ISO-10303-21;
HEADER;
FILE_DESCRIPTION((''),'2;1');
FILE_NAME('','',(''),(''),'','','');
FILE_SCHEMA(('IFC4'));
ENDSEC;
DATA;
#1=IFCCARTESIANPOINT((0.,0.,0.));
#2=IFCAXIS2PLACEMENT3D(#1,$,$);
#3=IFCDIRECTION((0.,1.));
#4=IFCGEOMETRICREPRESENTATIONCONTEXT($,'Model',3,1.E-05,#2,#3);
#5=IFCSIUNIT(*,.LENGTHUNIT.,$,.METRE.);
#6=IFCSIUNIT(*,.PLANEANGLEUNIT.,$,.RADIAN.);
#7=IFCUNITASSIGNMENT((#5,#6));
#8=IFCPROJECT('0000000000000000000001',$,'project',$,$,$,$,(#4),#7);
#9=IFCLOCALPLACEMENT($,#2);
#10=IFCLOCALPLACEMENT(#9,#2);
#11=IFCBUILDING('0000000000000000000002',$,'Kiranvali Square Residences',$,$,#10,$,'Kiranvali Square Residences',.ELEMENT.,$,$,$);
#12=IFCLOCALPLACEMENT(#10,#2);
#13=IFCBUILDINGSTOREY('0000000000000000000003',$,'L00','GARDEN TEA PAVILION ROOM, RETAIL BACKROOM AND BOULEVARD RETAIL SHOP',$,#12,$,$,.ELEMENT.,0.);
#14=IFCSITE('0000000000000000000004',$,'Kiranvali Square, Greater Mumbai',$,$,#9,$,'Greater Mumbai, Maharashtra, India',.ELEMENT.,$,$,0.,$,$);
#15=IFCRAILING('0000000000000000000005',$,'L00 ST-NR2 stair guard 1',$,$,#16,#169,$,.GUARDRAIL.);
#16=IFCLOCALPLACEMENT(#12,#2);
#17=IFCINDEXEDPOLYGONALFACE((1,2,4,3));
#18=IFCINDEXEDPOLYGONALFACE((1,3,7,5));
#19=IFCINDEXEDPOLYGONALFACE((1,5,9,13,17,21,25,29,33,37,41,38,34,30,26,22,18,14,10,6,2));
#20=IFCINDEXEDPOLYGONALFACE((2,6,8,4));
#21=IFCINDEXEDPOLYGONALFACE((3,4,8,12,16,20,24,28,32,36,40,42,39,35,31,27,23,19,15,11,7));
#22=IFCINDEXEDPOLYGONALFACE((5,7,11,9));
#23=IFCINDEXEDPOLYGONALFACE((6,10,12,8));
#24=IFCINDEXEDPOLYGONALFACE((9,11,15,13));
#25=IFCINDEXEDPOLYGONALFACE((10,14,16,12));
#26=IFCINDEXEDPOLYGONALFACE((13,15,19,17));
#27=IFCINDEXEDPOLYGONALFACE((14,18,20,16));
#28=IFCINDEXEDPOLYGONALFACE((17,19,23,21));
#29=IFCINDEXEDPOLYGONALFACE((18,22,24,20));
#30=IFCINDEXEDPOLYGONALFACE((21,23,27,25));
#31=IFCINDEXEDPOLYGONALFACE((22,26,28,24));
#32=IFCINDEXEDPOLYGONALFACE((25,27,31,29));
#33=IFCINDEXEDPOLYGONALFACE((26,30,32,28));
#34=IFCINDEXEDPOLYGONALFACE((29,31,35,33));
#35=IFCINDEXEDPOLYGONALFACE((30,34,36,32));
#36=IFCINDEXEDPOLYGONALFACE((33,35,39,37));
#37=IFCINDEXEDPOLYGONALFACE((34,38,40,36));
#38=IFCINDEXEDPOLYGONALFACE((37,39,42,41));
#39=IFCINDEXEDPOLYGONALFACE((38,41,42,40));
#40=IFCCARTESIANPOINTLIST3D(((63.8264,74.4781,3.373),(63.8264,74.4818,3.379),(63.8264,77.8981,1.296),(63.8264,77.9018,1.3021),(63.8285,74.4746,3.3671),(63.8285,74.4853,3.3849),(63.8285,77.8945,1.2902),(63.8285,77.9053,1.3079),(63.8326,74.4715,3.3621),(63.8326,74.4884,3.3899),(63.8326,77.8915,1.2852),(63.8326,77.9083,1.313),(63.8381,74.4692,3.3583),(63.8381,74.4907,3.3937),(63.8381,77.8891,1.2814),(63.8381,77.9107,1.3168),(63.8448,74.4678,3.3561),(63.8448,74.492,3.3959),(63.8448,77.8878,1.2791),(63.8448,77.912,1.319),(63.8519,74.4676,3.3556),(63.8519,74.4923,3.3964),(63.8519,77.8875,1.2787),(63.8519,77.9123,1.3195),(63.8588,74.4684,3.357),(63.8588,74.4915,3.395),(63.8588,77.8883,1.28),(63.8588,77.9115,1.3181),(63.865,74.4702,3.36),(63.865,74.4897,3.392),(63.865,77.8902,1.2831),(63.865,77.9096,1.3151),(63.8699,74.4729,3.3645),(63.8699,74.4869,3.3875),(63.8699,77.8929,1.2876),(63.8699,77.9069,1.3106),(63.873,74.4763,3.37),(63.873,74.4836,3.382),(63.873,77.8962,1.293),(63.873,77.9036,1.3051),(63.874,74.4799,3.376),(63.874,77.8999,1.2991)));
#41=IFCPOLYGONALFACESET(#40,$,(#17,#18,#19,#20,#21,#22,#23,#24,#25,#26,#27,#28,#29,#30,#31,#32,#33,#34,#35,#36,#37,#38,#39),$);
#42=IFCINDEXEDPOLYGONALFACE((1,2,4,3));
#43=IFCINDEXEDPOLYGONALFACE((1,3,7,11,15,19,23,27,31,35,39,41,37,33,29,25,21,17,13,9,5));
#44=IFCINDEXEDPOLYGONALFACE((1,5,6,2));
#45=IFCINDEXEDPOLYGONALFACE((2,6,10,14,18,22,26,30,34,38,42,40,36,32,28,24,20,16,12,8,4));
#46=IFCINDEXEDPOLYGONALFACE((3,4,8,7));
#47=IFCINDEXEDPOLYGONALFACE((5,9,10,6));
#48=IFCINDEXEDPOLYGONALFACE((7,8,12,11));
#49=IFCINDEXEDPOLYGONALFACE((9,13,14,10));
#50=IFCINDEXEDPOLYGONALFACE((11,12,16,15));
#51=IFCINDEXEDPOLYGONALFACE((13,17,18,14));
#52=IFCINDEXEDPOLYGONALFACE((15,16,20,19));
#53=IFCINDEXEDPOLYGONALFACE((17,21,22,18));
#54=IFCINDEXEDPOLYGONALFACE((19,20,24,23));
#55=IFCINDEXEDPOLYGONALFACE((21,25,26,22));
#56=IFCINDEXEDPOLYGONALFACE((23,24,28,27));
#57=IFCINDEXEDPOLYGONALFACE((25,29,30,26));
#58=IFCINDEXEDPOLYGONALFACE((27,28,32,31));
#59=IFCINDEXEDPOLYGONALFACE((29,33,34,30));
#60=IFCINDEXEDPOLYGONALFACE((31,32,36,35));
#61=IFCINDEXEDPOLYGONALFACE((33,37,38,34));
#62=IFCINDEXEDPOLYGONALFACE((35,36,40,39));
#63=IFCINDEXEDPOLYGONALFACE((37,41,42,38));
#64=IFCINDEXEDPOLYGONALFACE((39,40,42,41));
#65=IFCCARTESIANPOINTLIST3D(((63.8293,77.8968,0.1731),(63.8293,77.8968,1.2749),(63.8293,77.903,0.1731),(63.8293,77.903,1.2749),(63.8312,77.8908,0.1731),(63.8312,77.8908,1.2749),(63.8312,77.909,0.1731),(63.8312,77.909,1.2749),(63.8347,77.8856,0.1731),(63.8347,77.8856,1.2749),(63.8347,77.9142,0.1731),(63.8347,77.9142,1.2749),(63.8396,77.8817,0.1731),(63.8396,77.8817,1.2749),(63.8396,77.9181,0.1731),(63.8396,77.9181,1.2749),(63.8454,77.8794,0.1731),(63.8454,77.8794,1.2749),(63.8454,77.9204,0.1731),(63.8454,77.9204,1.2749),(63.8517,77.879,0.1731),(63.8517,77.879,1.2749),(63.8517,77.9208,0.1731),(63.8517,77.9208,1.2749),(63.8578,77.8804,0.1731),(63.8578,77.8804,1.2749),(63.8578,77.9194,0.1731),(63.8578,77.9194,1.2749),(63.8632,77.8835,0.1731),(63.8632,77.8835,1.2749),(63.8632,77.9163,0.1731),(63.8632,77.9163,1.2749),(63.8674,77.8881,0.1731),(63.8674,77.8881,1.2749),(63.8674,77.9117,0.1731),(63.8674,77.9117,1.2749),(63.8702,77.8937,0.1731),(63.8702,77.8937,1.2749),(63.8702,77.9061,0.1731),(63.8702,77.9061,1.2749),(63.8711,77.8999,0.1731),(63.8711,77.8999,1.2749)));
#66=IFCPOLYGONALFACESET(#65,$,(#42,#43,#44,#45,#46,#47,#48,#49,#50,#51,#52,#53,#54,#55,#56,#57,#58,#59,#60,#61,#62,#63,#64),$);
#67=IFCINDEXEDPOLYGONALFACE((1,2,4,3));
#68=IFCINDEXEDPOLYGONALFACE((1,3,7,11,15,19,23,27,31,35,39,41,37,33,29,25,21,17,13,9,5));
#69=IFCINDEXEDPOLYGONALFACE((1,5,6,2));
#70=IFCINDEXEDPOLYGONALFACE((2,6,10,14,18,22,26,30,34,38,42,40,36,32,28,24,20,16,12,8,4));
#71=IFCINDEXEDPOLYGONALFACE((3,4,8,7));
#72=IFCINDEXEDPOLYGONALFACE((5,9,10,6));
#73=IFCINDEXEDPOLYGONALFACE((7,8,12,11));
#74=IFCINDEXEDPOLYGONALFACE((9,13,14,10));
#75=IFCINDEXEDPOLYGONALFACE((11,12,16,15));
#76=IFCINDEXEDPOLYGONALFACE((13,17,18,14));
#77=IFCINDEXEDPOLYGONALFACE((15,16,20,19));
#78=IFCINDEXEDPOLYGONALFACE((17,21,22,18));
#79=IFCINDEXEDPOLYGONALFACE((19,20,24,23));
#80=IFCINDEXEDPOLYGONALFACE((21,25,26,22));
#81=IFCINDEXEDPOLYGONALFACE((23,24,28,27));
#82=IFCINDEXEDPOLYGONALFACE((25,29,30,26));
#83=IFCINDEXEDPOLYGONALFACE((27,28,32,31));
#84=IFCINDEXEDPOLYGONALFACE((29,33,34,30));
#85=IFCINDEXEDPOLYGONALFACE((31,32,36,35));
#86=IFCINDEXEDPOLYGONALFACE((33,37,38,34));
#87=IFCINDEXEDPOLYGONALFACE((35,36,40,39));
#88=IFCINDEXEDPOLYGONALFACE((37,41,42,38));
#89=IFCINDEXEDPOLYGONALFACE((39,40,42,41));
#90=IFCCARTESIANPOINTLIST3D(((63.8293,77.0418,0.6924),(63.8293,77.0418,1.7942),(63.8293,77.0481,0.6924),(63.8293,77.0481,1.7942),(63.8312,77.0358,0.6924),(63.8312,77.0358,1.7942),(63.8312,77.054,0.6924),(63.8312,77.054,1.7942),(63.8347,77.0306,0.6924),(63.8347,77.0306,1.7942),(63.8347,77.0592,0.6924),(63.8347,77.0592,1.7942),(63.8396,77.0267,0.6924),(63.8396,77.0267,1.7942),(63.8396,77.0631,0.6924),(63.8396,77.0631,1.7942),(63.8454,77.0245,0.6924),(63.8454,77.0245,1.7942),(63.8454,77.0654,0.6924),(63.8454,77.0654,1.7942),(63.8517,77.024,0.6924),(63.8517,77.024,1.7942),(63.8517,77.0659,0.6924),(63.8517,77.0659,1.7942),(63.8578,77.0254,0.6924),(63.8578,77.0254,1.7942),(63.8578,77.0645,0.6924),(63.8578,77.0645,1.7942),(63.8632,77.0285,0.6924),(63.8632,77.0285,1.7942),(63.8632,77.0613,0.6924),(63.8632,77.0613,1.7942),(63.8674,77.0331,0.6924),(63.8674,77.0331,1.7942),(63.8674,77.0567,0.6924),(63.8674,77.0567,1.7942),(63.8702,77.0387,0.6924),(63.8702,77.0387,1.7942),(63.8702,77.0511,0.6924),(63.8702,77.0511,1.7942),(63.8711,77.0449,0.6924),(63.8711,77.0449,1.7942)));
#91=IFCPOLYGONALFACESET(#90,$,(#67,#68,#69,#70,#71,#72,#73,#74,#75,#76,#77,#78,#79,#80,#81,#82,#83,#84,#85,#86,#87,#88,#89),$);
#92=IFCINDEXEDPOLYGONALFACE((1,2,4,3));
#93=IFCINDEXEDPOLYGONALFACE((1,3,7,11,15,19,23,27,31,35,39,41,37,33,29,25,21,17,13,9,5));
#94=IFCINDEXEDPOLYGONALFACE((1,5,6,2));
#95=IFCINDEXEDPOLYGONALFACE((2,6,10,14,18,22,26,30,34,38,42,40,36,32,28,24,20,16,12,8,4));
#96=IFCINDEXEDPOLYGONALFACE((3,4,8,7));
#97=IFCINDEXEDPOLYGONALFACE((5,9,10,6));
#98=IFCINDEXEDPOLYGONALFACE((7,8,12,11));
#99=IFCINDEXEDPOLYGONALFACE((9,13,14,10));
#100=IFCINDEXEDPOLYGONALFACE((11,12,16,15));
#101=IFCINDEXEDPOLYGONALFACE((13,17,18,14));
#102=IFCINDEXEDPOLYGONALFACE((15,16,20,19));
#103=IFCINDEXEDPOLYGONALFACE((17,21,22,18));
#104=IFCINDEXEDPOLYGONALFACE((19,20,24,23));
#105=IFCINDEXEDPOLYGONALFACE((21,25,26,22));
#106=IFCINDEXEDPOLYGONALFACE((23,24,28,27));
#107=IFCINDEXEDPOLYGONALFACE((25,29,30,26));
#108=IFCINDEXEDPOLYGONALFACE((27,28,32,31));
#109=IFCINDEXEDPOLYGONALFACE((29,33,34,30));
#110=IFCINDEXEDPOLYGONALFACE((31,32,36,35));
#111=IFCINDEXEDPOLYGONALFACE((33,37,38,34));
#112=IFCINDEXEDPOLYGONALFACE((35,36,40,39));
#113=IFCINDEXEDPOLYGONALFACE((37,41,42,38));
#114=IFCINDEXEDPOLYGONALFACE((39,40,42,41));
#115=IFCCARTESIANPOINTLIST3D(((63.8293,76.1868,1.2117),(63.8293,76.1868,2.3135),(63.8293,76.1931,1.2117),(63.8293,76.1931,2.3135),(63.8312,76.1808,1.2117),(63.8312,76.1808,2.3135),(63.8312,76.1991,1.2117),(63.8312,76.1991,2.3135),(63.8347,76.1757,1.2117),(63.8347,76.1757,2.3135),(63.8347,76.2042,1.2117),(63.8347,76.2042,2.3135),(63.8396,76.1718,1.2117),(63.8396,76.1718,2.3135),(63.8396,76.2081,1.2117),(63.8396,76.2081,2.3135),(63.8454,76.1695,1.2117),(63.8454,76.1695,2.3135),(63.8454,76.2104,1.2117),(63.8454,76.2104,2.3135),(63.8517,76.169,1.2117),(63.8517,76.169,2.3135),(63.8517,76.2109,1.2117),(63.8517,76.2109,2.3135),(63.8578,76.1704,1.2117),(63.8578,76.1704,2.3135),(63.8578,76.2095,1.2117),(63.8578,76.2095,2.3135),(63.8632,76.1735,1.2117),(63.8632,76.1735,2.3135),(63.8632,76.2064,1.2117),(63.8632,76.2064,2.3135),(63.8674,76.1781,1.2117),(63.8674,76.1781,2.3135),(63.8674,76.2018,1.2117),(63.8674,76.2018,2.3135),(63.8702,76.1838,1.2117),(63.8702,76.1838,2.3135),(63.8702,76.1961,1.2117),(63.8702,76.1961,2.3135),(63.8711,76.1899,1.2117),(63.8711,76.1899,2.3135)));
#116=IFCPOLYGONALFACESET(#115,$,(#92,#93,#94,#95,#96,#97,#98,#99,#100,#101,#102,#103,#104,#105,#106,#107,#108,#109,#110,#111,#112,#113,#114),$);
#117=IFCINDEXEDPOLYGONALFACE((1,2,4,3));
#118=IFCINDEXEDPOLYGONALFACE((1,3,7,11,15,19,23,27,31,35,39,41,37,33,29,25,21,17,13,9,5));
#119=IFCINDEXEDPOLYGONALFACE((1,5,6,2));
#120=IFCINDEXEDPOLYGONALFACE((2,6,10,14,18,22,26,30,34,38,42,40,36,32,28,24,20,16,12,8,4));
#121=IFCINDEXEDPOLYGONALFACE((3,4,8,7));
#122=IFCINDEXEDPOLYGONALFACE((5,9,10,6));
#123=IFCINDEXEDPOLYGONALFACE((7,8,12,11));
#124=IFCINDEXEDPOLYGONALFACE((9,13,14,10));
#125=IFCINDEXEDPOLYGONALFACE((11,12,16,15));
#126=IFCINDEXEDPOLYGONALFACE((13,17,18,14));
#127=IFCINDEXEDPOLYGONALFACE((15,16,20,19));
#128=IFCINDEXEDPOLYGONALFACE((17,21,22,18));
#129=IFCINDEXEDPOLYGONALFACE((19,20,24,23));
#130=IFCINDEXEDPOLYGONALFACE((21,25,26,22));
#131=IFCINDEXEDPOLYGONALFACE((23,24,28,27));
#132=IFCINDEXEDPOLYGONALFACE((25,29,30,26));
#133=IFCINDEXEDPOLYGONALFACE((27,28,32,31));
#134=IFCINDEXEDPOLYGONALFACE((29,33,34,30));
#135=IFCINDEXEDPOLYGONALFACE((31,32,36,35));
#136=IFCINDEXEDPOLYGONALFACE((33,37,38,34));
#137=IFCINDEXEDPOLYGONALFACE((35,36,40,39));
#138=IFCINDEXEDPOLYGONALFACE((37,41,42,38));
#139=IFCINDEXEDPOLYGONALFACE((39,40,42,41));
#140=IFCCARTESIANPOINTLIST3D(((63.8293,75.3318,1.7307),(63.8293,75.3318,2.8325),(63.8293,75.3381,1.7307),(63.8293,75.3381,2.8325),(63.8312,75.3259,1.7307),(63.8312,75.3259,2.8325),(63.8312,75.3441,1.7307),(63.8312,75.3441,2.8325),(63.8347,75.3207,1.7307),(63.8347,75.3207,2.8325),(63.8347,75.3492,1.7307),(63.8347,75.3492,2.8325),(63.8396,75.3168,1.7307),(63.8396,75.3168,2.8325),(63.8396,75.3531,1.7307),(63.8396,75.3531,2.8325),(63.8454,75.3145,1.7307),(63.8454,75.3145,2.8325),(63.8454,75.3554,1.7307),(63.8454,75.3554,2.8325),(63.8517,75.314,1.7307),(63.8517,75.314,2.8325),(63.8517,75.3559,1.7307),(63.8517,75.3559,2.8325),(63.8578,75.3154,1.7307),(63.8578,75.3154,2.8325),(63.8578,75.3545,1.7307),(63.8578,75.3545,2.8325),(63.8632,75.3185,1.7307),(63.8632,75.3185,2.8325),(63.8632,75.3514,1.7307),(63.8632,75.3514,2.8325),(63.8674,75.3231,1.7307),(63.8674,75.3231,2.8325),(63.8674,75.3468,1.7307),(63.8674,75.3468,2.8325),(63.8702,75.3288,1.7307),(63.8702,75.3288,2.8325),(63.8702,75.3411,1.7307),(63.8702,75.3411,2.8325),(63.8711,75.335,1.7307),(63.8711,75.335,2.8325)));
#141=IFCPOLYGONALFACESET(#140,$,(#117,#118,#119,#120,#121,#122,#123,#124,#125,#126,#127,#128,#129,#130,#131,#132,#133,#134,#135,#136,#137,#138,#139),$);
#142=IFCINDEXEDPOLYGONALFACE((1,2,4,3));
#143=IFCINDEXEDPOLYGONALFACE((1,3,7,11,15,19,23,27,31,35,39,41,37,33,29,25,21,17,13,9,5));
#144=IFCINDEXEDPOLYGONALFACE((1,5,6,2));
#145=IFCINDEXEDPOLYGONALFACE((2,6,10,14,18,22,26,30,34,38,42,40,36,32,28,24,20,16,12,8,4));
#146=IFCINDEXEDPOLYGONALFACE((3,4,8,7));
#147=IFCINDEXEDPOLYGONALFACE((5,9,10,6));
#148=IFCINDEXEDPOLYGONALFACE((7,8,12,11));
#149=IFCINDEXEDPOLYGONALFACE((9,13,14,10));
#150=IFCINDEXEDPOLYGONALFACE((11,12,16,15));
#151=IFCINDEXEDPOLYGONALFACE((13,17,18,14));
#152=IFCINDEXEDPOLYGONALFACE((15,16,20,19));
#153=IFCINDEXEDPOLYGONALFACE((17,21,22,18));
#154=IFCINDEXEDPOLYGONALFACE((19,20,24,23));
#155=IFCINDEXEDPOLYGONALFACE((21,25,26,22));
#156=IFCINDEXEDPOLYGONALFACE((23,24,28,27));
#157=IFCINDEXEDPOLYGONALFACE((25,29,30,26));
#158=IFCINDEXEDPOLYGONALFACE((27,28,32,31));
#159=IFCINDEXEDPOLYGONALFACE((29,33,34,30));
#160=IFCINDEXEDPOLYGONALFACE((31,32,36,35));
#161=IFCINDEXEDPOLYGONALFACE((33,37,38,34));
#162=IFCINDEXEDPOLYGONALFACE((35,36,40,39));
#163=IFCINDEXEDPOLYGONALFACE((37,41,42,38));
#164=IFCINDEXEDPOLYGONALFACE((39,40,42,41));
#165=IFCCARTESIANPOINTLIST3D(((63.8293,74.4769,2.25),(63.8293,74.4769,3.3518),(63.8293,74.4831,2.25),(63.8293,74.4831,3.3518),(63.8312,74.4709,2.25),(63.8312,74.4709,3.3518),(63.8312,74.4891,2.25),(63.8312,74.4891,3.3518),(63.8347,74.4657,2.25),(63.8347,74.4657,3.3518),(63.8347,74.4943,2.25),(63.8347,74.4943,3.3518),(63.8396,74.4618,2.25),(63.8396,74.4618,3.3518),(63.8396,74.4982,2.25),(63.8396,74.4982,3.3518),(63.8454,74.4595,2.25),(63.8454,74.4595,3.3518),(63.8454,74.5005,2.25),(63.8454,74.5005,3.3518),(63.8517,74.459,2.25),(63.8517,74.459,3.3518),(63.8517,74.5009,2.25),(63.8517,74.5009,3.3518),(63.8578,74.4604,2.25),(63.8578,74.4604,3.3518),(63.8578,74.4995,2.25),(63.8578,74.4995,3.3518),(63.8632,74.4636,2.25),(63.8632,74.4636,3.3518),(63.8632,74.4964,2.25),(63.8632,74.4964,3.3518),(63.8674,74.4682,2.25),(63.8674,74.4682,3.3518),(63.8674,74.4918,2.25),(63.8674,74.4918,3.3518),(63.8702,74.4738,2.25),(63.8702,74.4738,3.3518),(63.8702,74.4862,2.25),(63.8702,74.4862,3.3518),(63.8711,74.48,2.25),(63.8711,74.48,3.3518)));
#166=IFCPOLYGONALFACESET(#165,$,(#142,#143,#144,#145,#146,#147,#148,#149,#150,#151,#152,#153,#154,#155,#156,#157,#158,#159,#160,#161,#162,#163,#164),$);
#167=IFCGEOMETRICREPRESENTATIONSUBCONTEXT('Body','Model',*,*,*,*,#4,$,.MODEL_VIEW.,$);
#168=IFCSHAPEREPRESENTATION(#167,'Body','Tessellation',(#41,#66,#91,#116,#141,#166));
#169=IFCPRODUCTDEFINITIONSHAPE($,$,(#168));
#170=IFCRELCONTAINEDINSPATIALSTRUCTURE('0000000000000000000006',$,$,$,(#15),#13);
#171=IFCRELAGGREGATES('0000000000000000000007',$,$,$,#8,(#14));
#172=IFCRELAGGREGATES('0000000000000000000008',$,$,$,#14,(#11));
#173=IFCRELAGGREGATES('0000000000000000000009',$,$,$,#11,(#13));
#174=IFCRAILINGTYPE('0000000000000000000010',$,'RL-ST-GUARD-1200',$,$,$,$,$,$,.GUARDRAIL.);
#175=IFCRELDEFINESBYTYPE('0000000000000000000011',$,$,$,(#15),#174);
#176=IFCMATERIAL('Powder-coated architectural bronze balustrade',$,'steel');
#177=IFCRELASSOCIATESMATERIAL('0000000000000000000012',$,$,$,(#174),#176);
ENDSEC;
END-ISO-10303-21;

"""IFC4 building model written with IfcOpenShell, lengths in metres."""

from ifc_helpers import new_model, si_unit, direction, frame, origin, origin_2d, place, context, subcontext, project, spatial, circle, extrude, material, type_object, element, save


model = new_model("IFC4")

# Units and contexts
model_context = context("Model", 3, precision=1e-05, world=origin(), true_north=direction((0.0, 1.0)))
body_context = subcontext(model_context, "Body", "Model", "MODEL_VIEW")
ifc_project = project(units=[si_unit("LENGTHUNIT", "METRE"), si_unit("PLANEANGLEUNIT", "RADIAN")], contexts=[model_context])

# Site, building, storey
site_placement = place(None, origin())
site = spatial("IfcSite", under=ifc_project, at=site_placement, Name="Kiranvali Square, Greater Mumbai", LongName="Greater Mumbai, Maharashtra, India", CompositionType="ELEMENT", RefElevation=0.0)
building_placement = place(site_placement, origin())
building = spatial("IfcBuilding", under=site, at=building_placement, Name="Kiranvali Square Residences", LongName="Kiranvali Square Residences", CompositionType="ELEMENT")
storey_placement = place(building_placement, origin())
storey = spatial("IfcBuildingStorey", under=building, at=storey_placement, Name="L00", Description="GARDEN TEA PAVILION ROOM, RETAIL BACKROOM AND BOULEVARD RETAIL SHOP", CompositionType="ELEMENT", Elevation=0.0)

# Railing
ifc_material_1 = material(Name="Powder-coated architectural bronze balustrade", Category="steel")
railing_type = type_object("IfcRailingType", Name="RL-ST-GUARD-1200", PredefinedType="GUARDRAIL", material=ifc_material_1)
railing_1_placement = place(storey_placement, frame((63.8501, 77.8999, 0.1731)))
element("IfcRailing", 1, at=railing_1_placement, inside=storey, type_object=railing_type, Name="L00 ST-NR2 stair guard 1", PredefinedType="GUARDRAIL", context=body_context, shape_type="SweptSolid", body=[
    extrude(circle(Radius=0.0239, at=origin_2d()), frame((0.0, 0.0, 1.126), z_axis=(0.0, -0.85473, 0.519074), x_axis=(1.0, 0.0, 0.0)), (0.0, 0.0, 1.0), 4.0012),
    extrude(circle(Radius=0.021, at=origin_2d()), origin(), (0.0, 0.0, 1.0), 1.1018),
    extrude(circle(Radius=0.021, at=origin_2d()), frame((0.0, -0.855, 0.5193)), (0.0, 0.0, 1.0), 1.1018),
    extrude(circle(Radius=0.021, at=origin_2d()), frame((0.0, -1.71, 1.0386)), (0.0, 0.0, 1.0), 1.1018),
    extrude(circle(Radius=0.021, at=origin_2d()), frame((0.0, -2.5649, 1.5576)), (0.0, 0.0, 1.0), 1.1018),
    extrude(circle(Radius=0.021, at=origin_2d()), frame((0.0, -3.4199, 2.0769)), (0.0, 0.0, 1.0), 1.1018),
])

save(model, "model.ifc")
